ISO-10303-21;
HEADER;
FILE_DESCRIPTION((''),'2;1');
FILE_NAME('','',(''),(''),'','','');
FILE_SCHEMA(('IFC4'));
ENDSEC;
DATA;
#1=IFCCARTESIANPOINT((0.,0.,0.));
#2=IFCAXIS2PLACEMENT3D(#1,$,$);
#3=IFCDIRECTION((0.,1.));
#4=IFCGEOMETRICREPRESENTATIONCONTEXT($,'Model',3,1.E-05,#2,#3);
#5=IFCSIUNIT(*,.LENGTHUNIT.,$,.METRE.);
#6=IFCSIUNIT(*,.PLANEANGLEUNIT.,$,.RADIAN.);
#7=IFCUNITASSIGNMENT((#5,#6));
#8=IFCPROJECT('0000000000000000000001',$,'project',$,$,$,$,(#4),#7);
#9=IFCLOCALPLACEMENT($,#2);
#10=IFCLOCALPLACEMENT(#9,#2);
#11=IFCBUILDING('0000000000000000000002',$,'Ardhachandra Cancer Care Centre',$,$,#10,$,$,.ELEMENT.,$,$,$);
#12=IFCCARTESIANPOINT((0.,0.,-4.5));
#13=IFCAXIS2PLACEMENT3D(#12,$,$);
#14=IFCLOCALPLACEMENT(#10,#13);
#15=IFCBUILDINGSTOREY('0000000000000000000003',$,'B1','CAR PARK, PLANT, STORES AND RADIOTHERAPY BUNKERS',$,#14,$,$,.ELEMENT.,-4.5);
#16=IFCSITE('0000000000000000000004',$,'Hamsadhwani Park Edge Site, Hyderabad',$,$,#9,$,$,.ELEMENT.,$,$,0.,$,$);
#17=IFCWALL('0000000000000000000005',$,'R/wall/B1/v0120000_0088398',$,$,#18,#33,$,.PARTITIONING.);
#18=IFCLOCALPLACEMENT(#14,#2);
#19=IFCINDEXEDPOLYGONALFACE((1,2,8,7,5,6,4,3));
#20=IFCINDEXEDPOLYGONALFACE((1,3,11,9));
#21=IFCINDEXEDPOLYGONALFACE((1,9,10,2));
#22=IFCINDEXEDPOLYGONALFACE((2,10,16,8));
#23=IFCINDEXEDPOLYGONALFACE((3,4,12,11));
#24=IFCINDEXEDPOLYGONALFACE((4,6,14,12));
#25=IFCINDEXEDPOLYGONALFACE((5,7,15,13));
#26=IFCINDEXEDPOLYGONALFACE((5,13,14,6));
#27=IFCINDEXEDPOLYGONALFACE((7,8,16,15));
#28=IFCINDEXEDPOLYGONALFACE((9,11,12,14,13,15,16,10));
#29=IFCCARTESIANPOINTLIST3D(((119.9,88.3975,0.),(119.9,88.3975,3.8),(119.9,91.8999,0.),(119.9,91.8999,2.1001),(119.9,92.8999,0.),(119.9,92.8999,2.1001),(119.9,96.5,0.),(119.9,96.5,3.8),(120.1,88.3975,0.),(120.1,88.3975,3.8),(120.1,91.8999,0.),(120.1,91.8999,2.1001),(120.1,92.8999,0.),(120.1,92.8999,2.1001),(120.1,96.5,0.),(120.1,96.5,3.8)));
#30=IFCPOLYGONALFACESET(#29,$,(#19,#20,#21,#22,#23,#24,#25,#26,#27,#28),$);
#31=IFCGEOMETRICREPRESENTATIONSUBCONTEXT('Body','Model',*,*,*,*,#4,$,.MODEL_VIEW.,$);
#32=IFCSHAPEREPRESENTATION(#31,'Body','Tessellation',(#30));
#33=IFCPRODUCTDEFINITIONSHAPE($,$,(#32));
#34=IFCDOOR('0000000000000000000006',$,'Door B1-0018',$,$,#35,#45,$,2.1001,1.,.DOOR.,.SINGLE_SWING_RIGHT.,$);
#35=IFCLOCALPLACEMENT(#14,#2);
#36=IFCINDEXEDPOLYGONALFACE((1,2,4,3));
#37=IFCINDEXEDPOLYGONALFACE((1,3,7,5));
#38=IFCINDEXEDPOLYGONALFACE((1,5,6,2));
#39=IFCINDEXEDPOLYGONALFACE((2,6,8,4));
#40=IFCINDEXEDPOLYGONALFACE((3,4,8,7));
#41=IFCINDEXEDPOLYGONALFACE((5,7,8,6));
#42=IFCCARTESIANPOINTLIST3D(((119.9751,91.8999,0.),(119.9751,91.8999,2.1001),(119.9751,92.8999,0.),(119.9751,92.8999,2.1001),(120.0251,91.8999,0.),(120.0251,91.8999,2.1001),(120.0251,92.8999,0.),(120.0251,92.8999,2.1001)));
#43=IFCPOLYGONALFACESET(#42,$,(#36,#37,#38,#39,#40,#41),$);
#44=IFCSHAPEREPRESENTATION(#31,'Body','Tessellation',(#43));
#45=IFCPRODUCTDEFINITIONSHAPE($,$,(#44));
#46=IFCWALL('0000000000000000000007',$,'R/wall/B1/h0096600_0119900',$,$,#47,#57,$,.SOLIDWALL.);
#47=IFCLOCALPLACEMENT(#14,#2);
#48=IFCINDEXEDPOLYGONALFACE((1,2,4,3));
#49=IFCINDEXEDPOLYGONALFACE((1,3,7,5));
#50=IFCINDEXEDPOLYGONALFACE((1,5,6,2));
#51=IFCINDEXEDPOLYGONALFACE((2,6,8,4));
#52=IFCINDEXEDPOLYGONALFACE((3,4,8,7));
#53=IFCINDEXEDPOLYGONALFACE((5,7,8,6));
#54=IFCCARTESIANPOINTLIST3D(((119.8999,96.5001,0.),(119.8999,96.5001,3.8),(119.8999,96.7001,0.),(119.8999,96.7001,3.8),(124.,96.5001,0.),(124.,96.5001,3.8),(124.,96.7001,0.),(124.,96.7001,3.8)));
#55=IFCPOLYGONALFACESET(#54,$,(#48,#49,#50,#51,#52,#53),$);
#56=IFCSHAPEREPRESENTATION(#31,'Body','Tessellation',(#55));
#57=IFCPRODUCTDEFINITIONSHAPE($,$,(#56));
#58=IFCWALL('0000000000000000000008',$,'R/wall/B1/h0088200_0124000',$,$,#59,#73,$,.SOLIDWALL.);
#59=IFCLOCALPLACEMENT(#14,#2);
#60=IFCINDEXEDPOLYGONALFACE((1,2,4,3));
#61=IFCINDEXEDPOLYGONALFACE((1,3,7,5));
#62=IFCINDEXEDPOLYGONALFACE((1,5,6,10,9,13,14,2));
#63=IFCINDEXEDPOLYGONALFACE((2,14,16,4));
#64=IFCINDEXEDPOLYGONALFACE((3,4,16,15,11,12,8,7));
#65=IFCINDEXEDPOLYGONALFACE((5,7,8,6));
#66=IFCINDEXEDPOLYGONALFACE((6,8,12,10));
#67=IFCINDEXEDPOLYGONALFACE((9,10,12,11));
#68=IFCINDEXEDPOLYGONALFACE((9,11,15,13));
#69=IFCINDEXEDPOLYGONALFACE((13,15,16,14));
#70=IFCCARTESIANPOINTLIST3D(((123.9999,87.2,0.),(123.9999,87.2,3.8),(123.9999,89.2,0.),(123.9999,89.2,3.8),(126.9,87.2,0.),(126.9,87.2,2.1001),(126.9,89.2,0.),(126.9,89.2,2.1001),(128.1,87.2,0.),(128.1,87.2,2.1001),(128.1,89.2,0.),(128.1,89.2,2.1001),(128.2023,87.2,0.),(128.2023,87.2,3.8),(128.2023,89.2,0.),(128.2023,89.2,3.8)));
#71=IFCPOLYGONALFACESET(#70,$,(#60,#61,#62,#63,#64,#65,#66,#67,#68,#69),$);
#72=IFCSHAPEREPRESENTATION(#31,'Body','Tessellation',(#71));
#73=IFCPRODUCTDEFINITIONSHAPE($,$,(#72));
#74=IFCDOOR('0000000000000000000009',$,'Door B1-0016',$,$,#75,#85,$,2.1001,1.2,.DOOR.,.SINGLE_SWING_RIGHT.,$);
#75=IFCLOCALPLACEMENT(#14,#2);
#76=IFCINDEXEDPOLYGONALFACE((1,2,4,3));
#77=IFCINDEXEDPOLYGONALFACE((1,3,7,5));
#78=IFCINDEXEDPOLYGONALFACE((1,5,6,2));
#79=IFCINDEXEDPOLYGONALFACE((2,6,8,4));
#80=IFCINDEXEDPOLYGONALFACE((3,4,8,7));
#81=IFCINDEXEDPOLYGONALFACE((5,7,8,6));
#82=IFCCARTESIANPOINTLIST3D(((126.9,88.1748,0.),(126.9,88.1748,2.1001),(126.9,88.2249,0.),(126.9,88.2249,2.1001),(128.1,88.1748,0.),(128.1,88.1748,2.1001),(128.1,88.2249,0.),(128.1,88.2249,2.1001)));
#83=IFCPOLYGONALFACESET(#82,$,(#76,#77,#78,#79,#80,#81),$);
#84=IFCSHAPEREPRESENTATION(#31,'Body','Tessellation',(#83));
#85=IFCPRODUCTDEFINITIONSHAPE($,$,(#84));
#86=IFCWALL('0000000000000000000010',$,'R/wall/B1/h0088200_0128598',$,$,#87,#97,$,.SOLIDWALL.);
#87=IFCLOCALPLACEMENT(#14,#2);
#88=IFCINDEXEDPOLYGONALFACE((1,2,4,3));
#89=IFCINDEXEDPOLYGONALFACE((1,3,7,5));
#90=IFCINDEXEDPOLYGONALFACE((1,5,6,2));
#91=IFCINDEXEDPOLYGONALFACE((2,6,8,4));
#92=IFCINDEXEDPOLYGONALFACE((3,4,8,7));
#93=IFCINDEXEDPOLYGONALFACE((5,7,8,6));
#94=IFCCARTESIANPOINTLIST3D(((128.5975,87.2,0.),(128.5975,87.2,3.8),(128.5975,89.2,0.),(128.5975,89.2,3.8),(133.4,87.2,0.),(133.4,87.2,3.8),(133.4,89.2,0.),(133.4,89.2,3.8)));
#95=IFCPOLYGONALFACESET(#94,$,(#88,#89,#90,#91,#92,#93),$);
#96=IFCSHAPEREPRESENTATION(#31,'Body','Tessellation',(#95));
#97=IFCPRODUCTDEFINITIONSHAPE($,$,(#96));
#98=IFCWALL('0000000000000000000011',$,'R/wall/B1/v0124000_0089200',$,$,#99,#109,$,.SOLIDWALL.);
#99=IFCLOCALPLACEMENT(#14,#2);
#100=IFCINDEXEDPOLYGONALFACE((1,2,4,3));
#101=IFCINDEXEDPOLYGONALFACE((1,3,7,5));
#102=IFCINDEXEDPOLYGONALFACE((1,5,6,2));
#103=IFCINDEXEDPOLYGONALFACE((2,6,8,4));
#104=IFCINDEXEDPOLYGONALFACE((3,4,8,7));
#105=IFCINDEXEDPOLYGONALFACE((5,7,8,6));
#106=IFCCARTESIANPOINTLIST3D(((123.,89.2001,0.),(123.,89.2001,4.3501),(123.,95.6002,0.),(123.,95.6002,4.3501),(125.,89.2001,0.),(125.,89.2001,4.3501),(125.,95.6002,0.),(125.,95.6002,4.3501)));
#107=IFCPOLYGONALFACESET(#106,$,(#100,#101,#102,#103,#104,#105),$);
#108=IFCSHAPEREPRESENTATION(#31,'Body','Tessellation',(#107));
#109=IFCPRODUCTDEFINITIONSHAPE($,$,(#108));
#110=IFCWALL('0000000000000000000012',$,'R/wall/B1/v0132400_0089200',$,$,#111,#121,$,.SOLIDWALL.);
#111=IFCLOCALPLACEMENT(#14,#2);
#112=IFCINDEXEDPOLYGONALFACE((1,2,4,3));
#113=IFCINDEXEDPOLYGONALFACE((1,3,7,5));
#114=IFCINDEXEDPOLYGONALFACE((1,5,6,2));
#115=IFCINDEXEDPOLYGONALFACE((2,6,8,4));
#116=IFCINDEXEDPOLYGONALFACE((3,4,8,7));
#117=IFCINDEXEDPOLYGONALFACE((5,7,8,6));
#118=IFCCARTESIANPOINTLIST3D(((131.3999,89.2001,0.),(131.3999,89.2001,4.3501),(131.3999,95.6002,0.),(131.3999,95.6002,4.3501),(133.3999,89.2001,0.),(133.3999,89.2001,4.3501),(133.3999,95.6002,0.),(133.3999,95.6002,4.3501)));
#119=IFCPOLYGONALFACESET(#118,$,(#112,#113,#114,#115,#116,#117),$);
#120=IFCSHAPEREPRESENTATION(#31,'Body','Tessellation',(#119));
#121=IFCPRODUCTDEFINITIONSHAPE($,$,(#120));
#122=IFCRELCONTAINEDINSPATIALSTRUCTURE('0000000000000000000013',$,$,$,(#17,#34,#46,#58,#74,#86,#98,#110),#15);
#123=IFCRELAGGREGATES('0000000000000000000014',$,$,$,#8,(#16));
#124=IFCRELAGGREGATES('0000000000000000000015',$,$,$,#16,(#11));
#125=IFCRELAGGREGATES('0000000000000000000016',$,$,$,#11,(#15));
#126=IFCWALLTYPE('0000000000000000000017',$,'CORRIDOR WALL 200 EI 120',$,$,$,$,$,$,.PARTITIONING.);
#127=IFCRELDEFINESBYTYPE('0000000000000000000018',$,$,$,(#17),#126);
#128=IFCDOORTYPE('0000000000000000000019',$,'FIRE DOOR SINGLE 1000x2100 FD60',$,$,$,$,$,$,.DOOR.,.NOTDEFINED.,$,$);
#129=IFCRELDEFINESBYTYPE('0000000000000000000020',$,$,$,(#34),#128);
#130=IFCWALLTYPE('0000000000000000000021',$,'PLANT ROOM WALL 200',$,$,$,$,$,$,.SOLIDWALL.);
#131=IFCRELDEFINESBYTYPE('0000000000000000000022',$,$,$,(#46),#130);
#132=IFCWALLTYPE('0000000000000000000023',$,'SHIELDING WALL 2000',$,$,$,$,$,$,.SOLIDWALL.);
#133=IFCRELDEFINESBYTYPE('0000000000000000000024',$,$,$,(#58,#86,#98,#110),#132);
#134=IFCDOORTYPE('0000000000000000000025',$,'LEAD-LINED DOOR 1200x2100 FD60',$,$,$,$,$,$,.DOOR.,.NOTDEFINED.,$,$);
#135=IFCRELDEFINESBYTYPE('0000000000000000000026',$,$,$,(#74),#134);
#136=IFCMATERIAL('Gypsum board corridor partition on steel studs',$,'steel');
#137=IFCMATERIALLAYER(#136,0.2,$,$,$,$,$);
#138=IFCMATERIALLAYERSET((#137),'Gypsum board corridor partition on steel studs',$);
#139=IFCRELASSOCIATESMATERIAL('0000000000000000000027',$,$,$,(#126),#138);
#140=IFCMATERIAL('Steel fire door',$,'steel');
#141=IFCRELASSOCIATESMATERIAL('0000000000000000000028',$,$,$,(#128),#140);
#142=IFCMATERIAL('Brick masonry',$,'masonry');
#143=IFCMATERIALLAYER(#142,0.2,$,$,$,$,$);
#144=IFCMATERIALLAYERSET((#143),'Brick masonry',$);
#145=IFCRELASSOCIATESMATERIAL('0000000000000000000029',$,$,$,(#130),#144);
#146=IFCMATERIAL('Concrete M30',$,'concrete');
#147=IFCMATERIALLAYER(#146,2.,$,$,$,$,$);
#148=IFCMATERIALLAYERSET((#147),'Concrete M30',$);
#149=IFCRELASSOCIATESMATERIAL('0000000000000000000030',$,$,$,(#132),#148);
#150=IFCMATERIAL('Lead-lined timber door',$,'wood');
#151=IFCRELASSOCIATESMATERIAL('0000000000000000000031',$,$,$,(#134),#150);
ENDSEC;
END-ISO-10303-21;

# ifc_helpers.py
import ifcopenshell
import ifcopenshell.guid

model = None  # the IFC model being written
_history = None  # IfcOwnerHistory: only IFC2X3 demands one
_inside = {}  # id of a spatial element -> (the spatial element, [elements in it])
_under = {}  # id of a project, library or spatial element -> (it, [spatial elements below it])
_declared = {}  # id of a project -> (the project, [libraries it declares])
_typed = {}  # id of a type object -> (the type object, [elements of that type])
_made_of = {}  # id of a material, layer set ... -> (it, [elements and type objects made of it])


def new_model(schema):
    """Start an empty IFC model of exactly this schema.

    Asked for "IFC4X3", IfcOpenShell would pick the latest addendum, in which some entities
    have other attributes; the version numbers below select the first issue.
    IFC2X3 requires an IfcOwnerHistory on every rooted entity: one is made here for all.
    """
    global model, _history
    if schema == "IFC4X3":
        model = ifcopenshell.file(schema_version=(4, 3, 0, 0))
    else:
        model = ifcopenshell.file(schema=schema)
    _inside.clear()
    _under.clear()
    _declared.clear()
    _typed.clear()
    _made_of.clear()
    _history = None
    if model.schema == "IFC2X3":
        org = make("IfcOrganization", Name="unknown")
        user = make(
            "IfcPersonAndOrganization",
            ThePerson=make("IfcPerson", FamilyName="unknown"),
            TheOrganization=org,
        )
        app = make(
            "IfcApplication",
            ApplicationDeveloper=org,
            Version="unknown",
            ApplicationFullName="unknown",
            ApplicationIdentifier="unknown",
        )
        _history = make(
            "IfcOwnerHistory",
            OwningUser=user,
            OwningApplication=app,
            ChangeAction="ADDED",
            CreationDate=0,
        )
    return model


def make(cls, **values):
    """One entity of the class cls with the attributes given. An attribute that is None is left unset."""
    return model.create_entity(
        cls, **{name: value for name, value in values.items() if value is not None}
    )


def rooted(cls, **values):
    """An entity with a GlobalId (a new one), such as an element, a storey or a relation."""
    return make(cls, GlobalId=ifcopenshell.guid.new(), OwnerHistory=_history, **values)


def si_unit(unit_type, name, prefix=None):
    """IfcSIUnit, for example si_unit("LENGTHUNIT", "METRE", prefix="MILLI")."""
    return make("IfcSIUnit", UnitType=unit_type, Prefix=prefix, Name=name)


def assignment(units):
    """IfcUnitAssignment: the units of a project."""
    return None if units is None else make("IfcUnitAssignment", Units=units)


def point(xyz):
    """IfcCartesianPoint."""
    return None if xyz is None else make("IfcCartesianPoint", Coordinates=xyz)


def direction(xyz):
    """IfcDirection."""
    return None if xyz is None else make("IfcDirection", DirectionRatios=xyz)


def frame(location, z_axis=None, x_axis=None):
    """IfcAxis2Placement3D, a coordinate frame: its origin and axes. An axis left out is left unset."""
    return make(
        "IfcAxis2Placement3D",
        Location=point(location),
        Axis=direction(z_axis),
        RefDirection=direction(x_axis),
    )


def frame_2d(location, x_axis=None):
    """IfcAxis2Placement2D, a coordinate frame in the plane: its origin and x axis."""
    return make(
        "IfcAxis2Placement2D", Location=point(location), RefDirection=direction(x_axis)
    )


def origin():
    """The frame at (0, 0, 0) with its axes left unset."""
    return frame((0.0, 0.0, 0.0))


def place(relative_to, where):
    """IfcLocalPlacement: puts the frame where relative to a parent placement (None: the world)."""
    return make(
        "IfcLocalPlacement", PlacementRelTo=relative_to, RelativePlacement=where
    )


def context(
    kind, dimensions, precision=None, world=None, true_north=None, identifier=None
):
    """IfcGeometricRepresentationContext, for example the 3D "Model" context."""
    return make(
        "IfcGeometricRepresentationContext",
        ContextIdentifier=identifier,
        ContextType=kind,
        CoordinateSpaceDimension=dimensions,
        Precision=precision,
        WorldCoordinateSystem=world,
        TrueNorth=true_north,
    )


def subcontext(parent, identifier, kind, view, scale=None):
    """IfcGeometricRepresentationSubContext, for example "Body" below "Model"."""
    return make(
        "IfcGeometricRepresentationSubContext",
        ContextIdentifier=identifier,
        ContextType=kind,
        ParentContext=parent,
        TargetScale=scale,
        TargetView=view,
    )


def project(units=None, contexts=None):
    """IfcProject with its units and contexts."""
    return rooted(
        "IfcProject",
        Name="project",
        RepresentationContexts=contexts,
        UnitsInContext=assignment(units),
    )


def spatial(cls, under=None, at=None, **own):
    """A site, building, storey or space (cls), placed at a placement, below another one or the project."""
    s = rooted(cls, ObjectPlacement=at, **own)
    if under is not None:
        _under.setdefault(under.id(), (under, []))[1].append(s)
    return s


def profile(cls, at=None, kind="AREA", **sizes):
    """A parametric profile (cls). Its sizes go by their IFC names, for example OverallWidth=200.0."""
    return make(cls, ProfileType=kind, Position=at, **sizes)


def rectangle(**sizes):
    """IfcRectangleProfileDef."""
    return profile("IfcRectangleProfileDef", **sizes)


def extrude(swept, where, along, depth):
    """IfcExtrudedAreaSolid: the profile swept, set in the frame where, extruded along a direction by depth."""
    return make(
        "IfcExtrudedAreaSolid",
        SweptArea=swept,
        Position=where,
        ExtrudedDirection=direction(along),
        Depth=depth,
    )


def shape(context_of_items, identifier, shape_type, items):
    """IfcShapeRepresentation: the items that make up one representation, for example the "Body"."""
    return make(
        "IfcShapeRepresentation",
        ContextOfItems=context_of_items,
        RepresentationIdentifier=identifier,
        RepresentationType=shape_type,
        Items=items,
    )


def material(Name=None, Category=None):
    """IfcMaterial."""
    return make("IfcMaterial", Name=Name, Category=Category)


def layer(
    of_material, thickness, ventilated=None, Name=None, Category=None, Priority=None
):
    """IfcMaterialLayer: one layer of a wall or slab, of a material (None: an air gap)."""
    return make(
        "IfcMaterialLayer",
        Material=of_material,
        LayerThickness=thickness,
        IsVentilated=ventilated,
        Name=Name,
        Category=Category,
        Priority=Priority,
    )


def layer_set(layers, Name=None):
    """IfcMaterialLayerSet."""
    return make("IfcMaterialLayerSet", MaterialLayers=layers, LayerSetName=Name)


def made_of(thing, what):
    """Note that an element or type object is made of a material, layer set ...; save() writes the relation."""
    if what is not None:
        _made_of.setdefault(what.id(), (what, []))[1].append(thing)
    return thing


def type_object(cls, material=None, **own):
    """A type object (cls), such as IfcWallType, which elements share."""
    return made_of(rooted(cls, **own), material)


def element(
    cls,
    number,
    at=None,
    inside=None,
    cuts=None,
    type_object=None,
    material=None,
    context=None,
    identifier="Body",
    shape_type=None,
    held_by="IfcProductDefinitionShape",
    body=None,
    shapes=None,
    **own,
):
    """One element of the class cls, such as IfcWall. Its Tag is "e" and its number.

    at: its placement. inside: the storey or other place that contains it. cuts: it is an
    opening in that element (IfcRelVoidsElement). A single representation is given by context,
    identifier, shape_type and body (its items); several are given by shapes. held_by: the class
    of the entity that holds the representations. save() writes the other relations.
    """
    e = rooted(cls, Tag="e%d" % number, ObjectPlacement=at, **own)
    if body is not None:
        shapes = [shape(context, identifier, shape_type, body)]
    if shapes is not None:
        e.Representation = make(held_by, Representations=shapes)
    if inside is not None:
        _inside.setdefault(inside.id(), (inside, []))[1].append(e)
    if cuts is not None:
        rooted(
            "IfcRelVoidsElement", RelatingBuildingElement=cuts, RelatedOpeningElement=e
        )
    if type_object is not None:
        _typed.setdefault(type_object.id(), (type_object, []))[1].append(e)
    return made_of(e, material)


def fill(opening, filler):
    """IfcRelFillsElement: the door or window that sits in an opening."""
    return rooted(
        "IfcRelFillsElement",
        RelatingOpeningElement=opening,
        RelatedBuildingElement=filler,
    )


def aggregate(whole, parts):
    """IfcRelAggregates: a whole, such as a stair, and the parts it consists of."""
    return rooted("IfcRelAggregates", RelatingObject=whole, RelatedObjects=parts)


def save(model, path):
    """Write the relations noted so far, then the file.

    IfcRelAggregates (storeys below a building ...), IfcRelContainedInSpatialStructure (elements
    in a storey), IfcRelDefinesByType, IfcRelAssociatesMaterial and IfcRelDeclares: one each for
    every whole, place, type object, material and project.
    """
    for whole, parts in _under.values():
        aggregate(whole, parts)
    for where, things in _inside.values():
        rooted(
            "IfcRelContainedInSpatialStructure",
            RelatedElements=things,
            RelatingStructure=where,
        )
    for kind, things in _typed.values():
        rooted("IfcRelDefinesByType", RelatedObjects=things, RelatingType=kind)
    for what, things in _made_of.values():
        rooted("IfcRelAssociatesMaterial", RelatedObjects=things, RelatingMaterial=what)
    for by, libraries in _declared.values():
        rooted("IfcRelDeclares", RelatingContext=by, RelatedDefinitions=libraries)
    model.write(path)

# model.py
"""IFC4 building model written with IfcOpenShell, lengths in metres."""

from ifc_helpers import new_model, si_unit, direction, frame, frame_2d, origin, place, context, subcontext, project, spatial, rectangle, extrude, material, layer, layer_set, type_object, element, fill, save


model = new_model("IFC4")

# Units and contexts
model_context = context("Model", 3, precision=1e-05, world=origin(), true_north=direction((0.0, 1.0)))
body_context = subcontext(model_context, "Body", "Model", "MODEL_VIEW")
ifc_project = project(units=[si_unit("LENGTHUNIT", "METRE"), si_unit("PLANEANGLEUNIT", "RADIAN")], contexts=[model_context])

# Site, building, storey
site_placement = place(None, origin())
site = spatial("IfcSite", under=ifc_project, at=site_placement, Name="Hamsadhwani Park Edge Site, Hyderabad", CompositionType="ELEMENT", RefElevation=0.0)
building_placement = place(site_placement, origin())
building = spatial("IfcBuilding", under=site, at=building_placement, Name="Ardhachandra Cancer Care Centre", CompositionType="ELEMENT")
storey_placement = place(building_placement, frame((0.0, 0.0, -4.5)))
storey = spatial("IfcBuildingStorey", under=building, at=storey_placement, Name="B1", Description="CAR PARK, PLANT, STORES AND RADIOTHERAPY BUNKERS", CompositionType="ELEMENT", Elevation=-4.5)

# Shared definitions
ifc_material_1 = material(Name="Gypsum board corridor partition on steel studs", Category="steel")
ifc_layer_1 = layer(ifc_material_1, 0.2)
ifc_layer_set_1 = layer_set([ifc_layer_1], Name="Gypsum board corridor partition on steel studs")
wall_type_1 = type_object("IfcWallType", Name="CORRIDOR WALL 200 EI 120", PredefinedType="PARTITIONING", material=ifc_layer_set_1)

# Wall, opening, door
wall_1_placement = place(storey_placement, frame((120.0, 88.3975, 0.0), z_axis=(0.0, 0.0, 1.0), x_axis=(0.0, 1.0, 0.0)))
wall_1 = element("IfcWall", 1, at=wall_1_placement, inside=storey, type_object=wall_type_1, Name="R/wall/B1/v0120000_0088398", PredefinedType="PARTITIONING", context=body_context, shape_type="SweptSolid", body=[
    extrude(rectangle(XDim=8.1025, YDim=0.2, at=frame_2d((4.0513, 0.0))), origin(), (0.0, 0.0, 1.0), 3.8),
])
opening_1_placement = place(wall_1_placement, frame((3.5024, 0.0, 0.0)))
opening_1 = element("IfcOpeningElement", 2, at=opening_1_placement, cuts=wall_1, PredefinedType="OPENING", context=body_context, shape_type="SweptSolid", body=[
    extrude(rectangle(XDim=1.0, YDim=2.1001, at=frame_2d((0.5, 1.05))), frame((0.0, 0.1099, 0.0), z_axis=(0.0, -1.0, 0.0), x_axis=(1.0, 0.0, 0.0)), (0.0, 0.0, 1.0), 0.22),
])
ifc_material_2 = material(Name="Steel fire door", Category="steel")
door_type_1 = type_object("IfcDoorType", Name="FIRE DOOR SINGLE 1000x2100 FD60", OperationType="NOTDEFINED", PredefinedType="DOOR", material=ifc_material_2)
door_1_placement = place(opening_1_placement, origin())
door_1 = element("IfcDoor", 3, at=door_1_placement, inside=storey, type_object=door_type_1, Name="Door B1-0018", OperationType="SINGLE_SWING_RIGHT", OverallHeight=2.1001, OverallWidth=1.0, PredefinedType="DOOR", context=body_context, shape_type="SweptSolid", body=[
    extrude(rectangle(XDim=1.0, YDim=2.1001, at=frame_2d((0.5, 1.05))), frame((0.0, 0.0249, 0.0), z_axis=(0.0, -1.0, 0.0), x_axis=(1.0, 0.0, 0.0)), (0.0, 0.0, 1.0), 0.05),
])
fill(opening_1, door_1)

# Wall
ifc_material_3 = material(Name="Brick masonry", Category="masonry")
ifc_layer_2 = layer(ifc_material_3, 0.2)
ifc_layer_set_2 = layer_set([ifc_layer_2], Name="Brick masonry")
wall_type_2 = type_object("IfcWallType", Name="PLANT ROOM WALL 200", PredefinedType="SOLIDWALL", material=ifc_layer_set_2)
wall_2_placement = place(storey_placement, frame((119.8999, 96.6001, 0.0), z_axis=(0.0, 0.0, 1.0), x_axis=(1.0, 0.0, 0.0)))
element("IfcWall", 4, at=wall_2_placement, inside=storey, type_object=wall_type_2, Name="R/wall/B1/h0096600_0119900", PredefinedType="SOLIDWALL", context=body_context, shape_type="SweptSolid", body=[
    extrude(rectangle(XDim=4.1001, YDim=0.2, at=frame_2d((2.05, 0.0))), origin(), (0.0, 0.0, 1.0), 3.8),
])

# Wall, opening, door
ifc_material_4 = material(Name="Concrete M30", Category="concrete")
ifc_layer_3 = layer(ifc_material_4, 2.0)
ifc_layer_set_3 = layer_set([ifc_layer_3], Name="Concrete M30")
wall_type_3 = type_object("IfcWallType", Name="SHIELDING WALL 2000", PredefinedType="SOLIDWALL", material=ifc_layer_set_3)
wall_3_placement = place(storey_placement, frame((124.0, 88.2, 0.0), z_axis=(0.0, 0.0, 1.0), x_axis=(1.0, 0.0, 0.0)))
wall_3 = element("IfcWall", 5, at=wall_3_placement, inside=storey, type_object=wall_type_3, Name="R/wall/B1/h0088200_0124000", PredefinedType="SOLIDWALL", context=body_context, shape_type="SweptSolid", body=[
    extrude(rectangle(XDim=4.2024, YDim=2.0, at=frame_2d((2.1011, 0.0))), origin(), (0.0, 0.0, 1.0), 3.8),
])
opening_2_placement = place(wall_3_placement, frame((2.8999, 0.0, 0.0)))
opening_2 = element("IfcOpeningElement", 6, at=opening_2_placement, cuts=wall_3, PredefinedType="OPENING", context=body_context, shape_type="SweptSolid", body=[
    extrude(rectangle(XDim=1.2, YDim=2.1001, at=frame_2d((0.6001, 1.05))), frame((0.0, 1.01, 0.0), z_axis=(0.0, -1.0, 0.0), x_axis=(1.0, 0.0, 0.0)), (0.0, 0.0, 1.0), 2.02),
])
ifc_material_5 = material(Name="Lead-lined timber door", Category="wood")
door_type_2 = type_object("IfcDoorType", Name="LEAD-LINED DOOR 1200x2100 FD60", OperationType="NOTDEFINED", PredefinedType="DOOR", material=ifc_material_5)
door_2_placement = place(opening_2_placement, origin())
door_2 = element("IfcDoor", 7, at=door_2_placement, inside=storey, type_object=door_type_2, Name="Door B1-0016", OperationType="SINGLE_SWING_RIGHT", OverallHeight=2.1001, OverallWidth=1.2, PredefinedType="DOOR", context=body_context, shape_type="SweptSolid", body=[
    extrude(rectangle(XDim=1.2, YDim=2.1001, at=frame_2d((0.6001, 1.05))), frame((0.0, 0.0249, 0.0), z_axis=(0.0, -1.0, 0.0), x_axis=(1.0, 0.0, 0.0)), (0.0, 0.0, 1.0), 0.05),
])
fill(opening_2, door_2)

# Walls
wall_4_placement = place(storey_placement, frame((128.5974, 88.2, 0.0), z_axis=(0.0, 0.0, 1.0), x_axis=(1.0, 0.0, 0.0)))
element("IfcWall", 8, at=wall_4_placement, inside=storey, type_object=wall_type_3, Name="R/wall/B1/h0088200_0128598", PredefinedType="SOLIDWALL", context=body_context, shape_type="SweptSolid", body=[
    extrude(rectangle(XDim=4.8025, YDim=2.0, at=frame_2d((2.4014, 0.0))), origin(), (0.0, 0.0, 1.0), 3.8),
])
for number, where, z_axis, x_axis, name in (
    (9, (124.0, 89.2, 0.0), (0.0, 0.0, 1.0), (0.0, 1.0, 0.0), "R/wall/B1/v0124000_0089200"),
    (10, (132.3999, 89.2, 0.0), (0.0, 0.0, 1.0), (0.0, 1.0, 0.0), "R/wall/B1/v0132400_0089200"),
):
    element("IfcWall", number, at=place(storey_placement, frame(where, z_axis=z_axis, x_axis=x_axis)), inside=storey, type_object=wall_type_3, Name=name, PredefinedType="SOLIDWALL", context=body_context, shape_type="SweptSolid", body=[
        extrude(rectangle(XDim=6.4001, YDim=2.0, at=frame_2d((3.2002, 0.0))), origin(), (0.0, 0.0, 1.0), 4.3501),
    ])

save(model, "model.ifc")
